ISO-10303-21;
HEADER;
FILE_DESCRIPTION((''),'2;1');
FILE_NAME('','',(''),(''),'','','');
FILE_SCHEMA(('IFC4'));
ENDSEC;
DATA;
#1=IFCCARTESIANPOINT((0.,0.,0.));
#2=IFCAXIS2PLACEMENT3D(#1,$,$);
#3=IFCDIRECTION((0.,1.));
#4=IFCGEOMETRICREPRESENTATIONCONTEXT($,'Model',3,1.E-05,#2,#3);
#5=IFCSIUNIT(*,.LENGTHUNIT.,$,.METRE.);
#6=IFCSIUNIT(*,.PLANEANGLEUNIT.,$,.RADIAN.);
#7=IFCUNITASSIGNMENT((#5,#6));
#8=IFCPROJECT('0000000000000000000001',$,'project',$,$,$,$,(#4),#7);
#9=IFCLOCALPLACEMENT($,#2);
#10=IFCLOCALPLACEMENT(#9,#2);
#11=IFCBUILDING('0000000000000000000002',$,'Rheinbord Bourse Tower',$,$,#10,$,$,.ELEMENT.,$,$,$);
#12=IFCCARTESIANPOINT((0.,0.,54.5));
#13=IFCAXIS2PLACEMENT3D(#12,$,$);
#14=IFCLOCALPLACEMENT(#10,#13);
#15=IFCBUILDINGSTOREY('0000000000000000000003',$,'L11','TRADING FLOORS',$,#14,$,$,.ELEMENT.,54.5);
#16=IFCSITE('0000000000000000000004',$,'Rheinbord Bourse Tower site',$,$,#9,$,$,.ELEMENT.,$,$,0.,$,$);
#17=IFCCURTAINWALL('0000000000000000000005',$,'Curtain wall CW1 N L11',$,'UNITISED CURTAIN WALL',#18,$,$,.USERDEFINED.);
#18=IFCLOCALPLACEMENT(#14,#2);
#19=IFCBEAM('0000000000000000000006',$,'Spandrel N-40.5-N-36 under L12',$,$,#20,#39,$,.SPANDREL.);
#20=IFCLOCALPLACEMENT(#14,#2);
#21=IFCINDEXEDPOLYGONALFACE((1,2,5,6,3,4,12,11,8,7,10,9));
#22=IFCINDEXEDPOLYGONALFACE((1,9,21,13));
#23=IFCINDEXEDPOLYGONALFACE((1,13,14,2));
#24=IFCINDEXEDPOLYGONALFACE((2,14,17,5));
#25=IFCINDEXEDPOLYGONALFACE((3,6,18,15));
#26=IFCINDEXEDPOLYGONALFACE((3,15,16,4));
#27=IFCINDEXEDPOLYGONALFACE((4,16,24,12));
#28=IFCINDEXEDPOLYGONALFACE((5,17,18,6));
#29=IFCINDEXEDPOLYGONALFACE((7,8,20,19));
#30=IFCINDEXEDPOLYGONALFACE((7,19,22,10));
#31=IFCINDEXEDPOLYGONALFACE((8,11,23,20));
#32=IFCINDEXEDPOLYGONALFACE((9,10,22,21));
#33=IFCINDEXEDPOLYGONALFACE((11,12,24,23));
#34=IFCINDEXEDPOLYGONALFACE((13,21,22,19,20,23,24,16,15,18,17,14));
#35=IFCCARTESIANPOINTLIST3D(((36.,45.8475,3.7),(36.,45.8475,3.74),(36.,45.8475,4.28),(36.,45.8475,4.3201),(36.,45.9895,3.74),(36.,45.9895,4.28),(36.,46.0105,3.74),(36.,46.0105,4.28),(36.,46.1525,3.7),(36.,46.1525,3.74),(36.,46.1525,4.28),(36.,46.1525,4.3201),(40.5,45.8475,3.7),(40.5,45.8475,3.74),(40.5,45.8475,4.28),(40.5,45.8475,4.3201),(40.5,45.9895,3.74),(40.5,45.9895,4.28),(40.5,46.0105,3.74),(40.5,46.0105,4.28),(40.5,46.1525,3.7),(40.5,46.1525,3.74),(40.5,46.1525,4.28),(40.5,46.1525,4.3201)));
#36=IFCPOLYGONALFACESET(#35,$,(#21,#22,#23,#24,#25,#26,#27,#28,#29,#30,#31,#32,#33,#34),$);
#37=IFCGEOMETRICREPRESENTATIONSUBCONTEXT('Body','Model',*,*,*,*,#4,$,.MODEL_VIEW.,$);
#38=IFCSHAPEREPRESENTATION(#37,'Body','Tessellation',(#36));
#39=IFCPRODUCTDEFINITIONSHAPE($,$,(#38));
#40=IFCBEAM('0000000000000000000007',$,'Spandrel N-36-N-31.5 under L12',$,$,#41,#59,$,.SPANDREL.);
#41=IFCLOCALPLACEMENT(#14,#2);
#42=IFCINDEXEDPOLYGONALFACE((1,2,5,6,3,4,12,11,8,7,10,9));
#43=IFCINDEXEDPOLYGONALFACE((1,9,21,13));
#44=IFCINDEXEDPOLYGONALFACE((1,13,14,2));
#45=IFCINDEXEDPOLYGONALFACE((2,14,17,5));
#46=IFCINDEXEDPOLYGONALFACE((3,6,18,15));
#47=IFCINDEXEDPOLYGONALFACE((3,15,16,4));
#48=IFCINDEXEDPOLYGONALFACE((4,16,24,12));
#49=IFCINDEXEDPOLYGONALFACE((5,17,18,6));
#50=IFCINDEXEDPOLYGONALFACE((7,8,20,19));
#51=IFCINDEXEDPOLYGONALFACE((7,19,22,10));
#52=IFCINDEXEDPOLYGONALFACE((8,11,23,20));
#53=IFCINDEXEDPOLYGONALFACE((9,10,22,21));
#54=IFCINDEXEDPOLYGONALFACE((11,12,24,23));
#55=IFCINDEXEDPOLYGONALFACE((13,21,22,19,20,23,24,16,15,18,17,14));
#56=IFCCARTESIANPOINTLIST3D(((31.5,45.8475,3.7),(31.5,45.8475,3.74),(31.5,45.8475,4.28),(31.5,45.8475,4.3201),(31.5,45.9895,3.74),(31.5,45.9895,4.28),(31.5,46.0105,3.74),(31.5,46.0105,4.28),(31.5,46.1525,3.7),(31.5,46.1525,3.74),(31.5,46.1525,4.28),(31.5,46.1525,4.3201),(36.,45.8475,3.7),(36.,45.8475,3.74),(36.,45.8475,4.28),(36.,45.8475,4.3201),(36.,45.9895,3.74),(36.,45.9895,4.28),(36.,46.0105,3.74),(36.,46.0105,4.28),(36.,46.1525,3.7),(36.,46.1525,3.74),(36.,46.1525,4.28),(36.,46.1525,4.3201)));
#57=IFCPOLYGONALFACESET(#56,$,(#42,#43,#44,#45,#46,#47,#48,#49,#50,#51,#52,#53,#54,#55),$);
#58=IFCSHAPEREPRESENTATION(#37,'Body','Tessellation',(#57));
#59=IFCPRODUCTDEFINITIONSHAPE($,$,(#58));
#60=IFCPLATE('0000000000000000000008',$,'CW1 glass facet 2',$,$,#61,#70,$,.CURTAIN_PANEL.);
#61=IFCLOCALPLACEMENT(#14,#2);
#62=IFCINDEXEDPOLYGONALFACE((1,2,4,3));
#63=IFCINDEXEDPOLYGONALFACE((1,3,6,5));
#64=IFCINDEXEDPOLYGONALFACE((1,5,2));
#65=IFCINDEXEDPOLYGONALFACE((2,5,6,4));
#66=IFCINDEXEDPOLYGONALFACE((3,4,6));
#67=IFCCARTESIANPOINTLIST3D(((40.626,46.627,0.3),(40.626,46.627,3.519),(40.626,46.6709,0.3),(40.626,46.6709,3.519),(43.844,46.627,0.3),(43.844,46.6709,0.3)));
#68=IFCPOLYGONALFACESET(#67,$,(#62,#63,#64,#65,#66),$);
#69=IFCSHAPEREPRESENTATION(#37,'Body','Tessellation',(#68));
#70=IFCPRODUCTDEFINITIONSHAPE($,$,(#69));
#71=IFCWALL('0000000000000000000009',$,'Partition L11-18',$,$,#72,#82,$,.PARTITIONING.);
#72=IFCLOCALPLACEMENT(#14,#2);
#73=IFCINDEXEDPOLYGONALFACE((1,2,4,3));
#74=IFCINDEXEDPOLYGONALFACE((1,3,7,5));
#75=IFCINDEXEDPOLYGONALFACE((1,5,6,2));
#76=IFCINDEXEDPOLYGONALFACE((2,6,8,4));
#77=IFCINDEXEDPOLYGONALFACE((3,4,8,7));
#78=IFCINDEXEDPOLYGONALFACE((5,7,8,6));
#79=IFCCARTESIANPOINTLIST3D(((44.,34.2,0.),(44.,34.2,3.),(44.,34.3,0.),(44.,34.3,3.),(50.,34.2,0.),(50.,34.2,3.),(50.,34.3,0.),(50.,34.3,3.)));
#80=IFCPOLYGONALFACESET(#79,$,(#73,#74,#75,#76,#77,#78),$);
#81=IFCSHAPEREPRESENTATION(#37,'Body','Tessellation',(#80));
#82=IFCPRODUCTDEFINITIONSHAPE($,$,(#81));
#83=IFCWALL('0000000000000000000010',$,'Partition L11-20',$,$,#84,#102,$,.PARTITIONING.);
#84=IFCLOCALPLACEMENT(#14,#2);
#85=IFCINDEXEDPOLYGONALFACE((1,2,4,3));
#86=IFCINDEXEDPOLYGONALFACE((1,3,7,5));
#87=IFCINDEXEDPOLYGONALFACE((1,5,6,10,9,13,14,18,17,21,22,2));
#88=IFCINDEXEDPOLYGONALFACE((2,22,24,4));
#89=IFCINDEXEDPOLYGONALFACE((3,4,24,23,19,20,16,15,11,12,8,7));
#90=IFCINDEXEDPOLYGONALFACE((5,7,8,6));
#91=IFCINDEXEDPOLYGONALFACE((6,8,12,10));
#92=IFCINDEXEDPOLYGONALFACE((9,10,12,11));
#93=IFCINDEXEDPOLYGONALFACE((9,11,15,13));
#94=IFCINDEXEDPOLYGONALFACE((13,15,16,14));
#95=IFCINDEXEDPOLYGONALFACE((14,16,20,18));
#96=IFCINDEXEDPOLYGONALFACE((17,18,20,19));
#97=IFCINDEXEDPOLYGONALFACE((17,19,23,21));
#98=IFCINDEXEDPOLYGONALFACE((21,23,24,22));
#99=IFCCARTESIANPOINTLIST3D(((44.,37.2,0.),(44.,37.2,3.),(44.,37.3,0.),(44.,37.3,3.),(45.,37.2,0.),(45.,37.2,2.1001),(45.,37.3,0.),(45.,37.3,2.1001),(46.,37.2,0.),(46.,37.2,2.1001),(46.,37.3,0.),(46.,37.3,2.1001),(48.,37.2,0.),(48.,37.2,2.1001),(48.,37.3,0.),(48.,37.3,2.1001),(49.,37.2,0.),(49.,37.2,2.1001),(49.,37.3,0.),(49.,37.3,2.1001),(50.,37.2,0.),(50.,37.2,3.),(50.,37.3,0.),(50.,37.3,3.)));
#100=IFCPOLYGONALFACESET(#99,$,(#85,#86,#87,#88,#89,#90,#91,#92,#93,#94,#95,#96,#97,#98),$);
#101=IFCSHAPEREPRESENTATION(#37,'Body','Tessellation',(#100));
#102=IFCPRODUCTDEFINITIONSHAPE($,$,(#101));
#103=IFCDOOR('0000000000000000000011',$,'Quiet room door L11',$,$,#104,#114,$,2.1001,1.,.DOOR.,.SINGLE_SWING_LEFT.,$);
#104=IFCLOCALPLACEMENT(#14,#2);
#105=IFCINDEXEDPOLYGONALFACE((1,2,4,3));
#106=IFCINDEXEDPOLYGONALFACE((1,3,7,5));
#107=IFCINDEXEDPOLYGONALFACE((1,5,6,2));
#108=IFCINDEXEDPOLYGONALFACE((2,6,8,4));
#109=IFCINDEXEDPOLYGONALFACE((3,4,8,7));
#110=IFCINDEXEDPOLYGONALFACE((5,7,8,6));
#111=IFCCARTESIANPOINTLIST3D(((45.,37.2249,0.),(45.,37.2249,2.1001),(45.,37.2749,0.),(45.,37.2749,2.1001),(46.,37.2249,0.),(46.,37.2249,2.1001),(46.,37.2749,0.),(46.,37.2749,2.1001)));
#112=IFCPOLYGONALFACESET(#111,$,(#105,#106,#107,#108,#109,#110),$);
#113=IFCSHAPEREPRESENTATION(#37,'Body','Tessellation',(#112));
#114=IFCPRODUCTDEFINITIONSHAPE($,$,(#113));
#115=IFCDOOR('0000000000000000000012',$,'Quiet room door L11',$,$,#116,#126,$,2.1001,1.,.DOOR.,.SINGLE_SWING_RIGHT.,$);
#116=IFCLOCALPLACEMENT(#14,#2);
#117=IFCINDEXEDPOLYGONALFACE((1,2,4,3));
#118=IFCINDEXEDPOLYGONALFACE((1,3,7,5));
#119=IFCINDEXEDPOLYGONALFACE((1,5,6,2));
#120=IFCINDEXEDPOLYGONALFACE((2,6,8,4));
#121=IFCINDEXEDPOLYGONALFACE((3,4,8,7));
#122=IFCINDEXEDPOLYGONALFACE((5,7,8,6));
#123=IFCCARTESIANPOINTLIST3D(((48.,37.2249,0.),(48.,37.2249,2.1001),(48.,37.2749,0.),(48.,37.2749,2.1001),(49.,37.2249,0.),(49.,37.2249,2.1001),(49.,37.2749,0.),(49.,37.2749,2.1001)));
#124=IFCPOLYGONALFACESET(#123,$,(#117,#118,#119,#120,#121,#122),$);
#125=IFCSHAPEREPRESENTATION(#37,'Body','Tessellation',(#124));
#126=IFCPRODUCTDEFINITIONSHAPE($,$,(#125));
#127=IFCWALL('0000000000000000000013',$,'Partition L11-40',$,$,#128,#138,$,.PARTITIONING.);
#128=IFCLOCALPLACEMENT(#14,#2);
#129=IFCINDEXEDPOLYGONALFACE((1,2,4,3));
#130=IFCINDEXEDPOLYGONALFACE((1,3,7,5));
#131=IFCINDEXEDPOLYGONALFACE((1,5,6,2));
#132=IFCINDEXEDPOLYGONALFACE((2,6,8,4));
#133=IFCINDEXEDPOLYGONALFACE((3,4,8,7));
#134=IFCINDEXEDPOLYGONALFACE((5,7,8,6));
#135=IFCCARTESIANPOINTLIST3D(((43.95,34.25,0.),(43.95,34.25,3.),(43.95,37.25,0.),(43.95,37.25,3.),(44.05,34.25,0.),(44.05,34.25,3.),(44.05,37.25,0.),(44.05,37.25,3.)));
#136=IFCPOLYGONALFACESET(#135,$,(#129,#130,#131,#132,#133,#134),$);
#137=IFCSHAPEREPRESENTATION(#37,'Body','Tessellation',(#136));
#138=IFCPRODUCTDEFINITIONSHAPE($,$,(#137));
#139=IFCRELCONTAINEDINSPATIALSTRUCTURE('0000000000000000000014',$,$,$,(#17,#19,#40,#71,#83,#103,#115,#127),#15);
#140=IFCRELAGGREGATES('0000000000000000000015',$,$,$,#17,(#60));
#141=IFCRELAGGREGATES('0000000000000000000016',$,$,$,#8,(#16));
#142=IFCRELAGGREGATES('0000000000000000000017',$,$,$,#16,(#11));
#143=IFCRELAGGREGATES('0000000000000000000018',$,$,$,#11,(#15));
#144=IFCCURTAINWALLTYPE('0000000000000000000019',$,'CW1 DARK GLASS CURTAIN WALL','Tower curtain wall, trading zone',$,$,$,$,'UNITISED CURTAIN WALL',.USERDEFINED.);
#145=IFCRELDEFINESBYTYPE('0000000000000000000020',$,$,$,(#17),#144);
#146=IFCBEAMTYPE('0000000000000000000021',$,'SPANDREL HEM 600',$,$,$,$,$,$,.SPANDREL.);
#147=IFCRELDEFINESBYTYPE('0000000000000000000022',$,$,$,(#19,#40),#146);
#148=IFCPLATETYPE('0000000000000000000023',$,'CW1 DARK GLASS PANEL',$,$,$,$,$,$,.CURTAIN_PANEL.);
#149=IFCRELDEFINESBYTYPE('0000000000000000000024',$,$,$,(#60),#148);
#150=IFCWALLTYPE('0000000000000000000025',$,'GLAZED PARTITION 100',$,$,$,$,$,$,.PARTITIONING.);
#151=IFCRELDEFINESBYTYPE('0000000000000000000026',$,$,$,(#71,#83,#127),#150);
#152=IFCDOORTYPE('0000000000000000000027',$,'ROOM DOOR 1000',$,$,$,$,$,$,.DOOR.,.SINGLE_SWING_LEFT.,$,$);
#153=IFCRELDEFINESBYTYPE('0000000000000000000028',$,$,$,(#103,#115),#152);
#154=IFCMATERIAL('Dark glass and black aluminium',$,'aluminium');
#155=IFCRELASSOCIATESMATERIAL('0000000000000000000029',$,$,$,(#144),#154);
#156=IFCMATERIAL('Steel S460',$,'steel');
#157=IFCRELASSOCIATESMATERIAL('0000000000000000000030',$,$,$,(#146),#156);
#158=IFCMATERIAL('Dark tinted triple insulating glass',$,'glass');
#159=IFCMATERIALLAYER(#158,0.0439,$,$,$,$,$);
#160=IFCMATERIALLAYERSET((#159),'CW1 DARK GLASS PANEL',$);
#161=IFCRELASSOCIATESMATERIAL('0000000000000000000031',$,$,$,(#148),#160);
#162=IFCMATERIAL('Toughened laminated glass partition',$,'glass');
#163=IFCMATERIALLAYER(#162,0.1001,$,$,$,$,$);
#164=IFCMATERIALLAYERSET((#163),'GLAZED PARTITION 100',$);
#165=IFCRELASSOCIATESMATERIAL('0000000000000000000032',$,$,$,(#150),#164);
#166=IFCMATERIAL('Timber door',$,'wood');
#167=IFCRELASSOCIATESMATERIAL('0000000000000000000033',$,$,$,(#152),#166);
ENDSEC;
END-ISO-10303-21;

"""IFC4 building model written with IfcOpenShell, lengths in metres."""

from ifc_helpers import new_model, si_unit, direction, frame, frame_2d, origin, origin_2d, place, context, subcontext, project, spatial, polyline, rectangle, i_section, outline, extrude, material, layer, layer_set, material_profile, profile_set, type_object, element, fill, aggregate, save


model = new_model("IFC4")

# Units and contexts
model_context = context("Model", 3, precision=1e-05, world=origin(), true_north=direction((0.0, 1.0)))
body_context = subcontext(model_context, "Body", "Model", "MODEL_VIEW")
ifc_project = project(units=[si_unit("LENGTHUNIT", "METRE"), si_unit("PLANEANGLEUNIT", "RADIAN")], contexts=[model_context])

# Site, building, storey
site_placement = place(None, origin())
site = spatial("IfcSite", under=ifc_project, at=site_placement, Name="Rheinbord Bourse Tower site", CompositionType="ELEMENT", RefElevation=0.0)
building_placement = place(site_placement, origin())
building = spatial("IfcBuilding", under=site, at=building_placement, Name="Rheinbord Bourse Tower", CompositionType="ELEMENT")
storey_placement = place(building_placement, frame((0.0, 0.0, 54.5)))
storey = spatial("IfcBuildingStorey", under=building, at=storey_placement, Name="L11", Description="TRADING FLOORS", CompositionType="ELEMENT", Elevation=54.5)

# Curtain wall
ifc_material_1 = material(Name="Dark glass and black aluminium", Category="aluminium")
curtain_wall_type = type_object("IfcCurtainWallType", Name="CW1 DARK GLASS CURTAIN WALL", Description="Tower curtain wall, trading zone", ElementType="UNITISED CURTAIN WALL", PredefinedType="USERDEFINED", material=ifc_material_1)
curtain_wall_placement = place(storey_placement, origin())
curtain_wall = element("IfcCurtainWall", 1, at=curtain_wall_placement, inside=storey, type_object=curtain_wall_type, Name="Curtain wall CW1 N L11", ObjectType="UNITISED CURTAIN WALL", PredefinedType="USERDEFINED")

# Beams
ifc_material_2 = material(Name="Steel S460", Category="steel")
ifc_material_profile_1 = material_profile(ifc_material_2, i_section(OverallWidth=0.3049, OverallDepth=0.6201, WebThickness=0.021, FlangeThickness=0.04, at=origin_2d()), Name="HEM 600")
ifc_profile_set_1 = profile_set([ifc_material_profile_1], Name="Steel S460")
beam_type_1 = type_object("IfcBeamType", Name="SPANDREL HEM 600", PredefinedType="SPANDREL", material=ifc_profile_set_1)
for number, where, z_axis, x_axis, name in (
    (2, (40.5, 46.0, 4.01), (-1.0, 0.0, 0.0), (0.0, -1.0, 0.0), "Spandrel N-40.5-N-36 under L12"),
    (3, (36.0, 46.0, 4.01), (-1.0, 0.0, 0.0), (0.0, -1.0, 0.0), "Spandrel N-36-N-31.5 under L12"),
):
    element("IfcBeam", number, at=place(storey_placement, frame(where, z_axis=z_axis, x_axis=x_axis)), inside=storey, type_object=beam_type_1, Name=name, PredefinedType="SPANDREL", context=body_context, shape_type="SweptSolid", body=[
        extrude(i_section(OverallWidth=0.3049, OverallDepth=0.6201, WebThickness=0.021, FlangeThickness=0.04, at=origin_2d()), origin(), (0.0, 0.0, 1.0), 4.5),
    ])

# Plate
ifc_material_3 = material(Name="Dark tinted triple insulating glass", Category="glass")
ifc_layer_1 = layer(ifc_material_3, 0.0439)
ifc_layer_set_1 = layer_set([ifc_layer_1], Name="CW1 DARK GLASS PANEL")
plate_type = type_object("IfcPlateType", Name="CW1 DARK GLASS PANEL", PredefinedType="CURTAIN_PANEL", material=ifc_layer_set_1)
plate_placement = place(storey_placement, frame((40.626, 46.6709, 0.3), z_axis=(0.0, -1.0, 0.0), x_axis=(1.0, 0.0, 0.0)))
plate = element("IfcPlate", 4, at=plate_placement, type_object=plate_type, Name="CW1 glass facet 2", PredefinedType="CURTAIN_PANEL", context=body_context, shape_type="SweptSolid", body=[
    extrude(outline(polyline([(0.0, 0.0), (3.218, 0.0), (0.0, 3.219), (0.0, 0.0)])), origin(), (0.0, 0.0, 1.0), 0.0439),
])
aggregate(curtain_wall, [plate])

# Wall
ifc_material_4 = material(Name="Toughened laminated glass partition", Category="glass")
ifc_layer_2 = layer(ifc_material_4, 0.1001)
ifc_layer_set_2 = layer_set([ifc_layer_2], Name="GLAZED PARTITION 100")
wall_type = type_object("IfcWallType", Name="GLAZED PARTITION 100", PredefinedType="PARTITIONING", material=ifc_layer_set_2)
wall_1_placement = place(storey_placement, frame((44.0, 34.25, 0.0), z_axis=(0.0, 0.0, 1.0), x_axis=(1.0, 0.0, 0.0)))
element("IfcWall", 5, at=wall_1_placement, inside=storey, type_object=wall_type, Name="Partition L11-18", PredefinedType="PARTITIONING", context=body_context, shape_type="SweptSolid", body=[
    extrude(rectangle(XDim=6.0, YDim=0.1001, at=frame_2d((3.0, 0.0))), origin(), (0.0, 0.0, 1.0), 3.0),
])

# Wall, openings, doors
wall_2_placement = place(storey_placement, frame((44.0, 37.25, 0.0), z_axis=(0.0, 0.0, 1.0), x_axis=(1.0, 0.0, 0.0)))
wall_2 = element("IfcWall", 6, at=wall_2_placement, inside=storey, type_object=wall_type, Name="Partition L11-20", PredefinedType="PARTITIONING", context=body_context, shape_type="SweptSolid", body=[
    extrude(rectangle(XDim=6.0, YDim=0.1001, at=frame_2d((3.0, 0.0))), origin(), (0.0, 0.0, 1.0), 3.0),
])
opening_1_placement = place(wall_2_placement, frame((1.0, 0.0, 0.0)))
opening_1 = element("IfcOpeningElement", 7, at=opening_1_placement, cuts=wall_2, PredefinedType="OPENING", context=body_context, shape_type="SweptSolid", body=[
    extrude(rectangle(XDim=1.0, YDim=2.1001, at=frame_2d((0.5, 1.05))), frame((0.0, 0.0601, 0.0), z_axis=(0.0, -1.0, 0.0), x_axis=(1.0, 0.0, 0.0)), (0.0, 0.0, 1.0), 0.1201),
])
opening_2_placement = place(wall_2_placement, frame((4.0, 0.0, 0.0)))
opening_2 = element("IfcOpeningElement", 8, at=opening_2_placement, cuts=wall_2, PredefinedType="OPENING", context=body_context, shape_type="SweptSolid", body=[
    extrude(rectangle(XDim=1.0, YDim=2.1001, at=frame_2d((0.5, 1.05))), frame((0.0, 0.0601, 0.0), z_axis=(0.0, -1.0, 0.0), x_axis=(1.0, 0.0, 0.0)), (0.0, 0.0, 1.0), 0.1201),
])
ifc_material_5 = material(Name="Timber door", Category="wood")
door_type = type_object("IfcDoorType", Name="ROOM DOOR 1000", OperationType="SINGLE_SWING_LEFT", PredefinedType="DOOR", material=ifc_material_5)
door_1_placement = place(opening_1_placement, origin())
door_1 = element("IfcDoor", 9, at=door_1_placement, inside=storey, type_object=door_type, Name="Quiet room door L11", OperationType="SINGLE_SWING_LEFT", OverallHeight=2.1001, OverallWidth=1.0, PredefinedType="DOOR", context=body_context, shape_type="SweptSolid", body=[
    extrude(rectangle(XDim=1.0, YDim=2.1001, at=frame_2d((0.5, 1.05))), frame((0.0, 0.0249, 0.0), z_axis=(0.0, -1.0, 0.0), x_axis=(1.0, 0.0, 0.0)), (0.0, 0.0, 1.0), 0.05),
])
fill(opening_1, door_1)
door_2_placement = place(opening_2_placement, origin())
door_2 = element("IfcDoor", 10, at=door_2_placement, inside=storey, type_object=door_type, Name="Quiet room door L11", OperationType="SINGLE_SWING_RIGHT", OverallHeight=2.1001, OverallWidth=1.0, PredefinedType="DOOR", context=body_context, shape_type="SweptSolid", body=[
    extrude(rectangle(XDim=1.0, YDim=2.1001, at=frame_2d((0.5, 1.05))), frame((0.0, 0.0249, 0.0), z_axis=(0.0, -1.0, 0.0), x_axis=(1.0, 0.0, 0.0)), (0.0, 0.0, 1.0), 0.05),
])
fill(opening_2, door_2)

# Wall
wall_3_placement = place(storey_placement, frame((44.0, 34.25, 0.0), z_axis=(0.0, 0.0, 1.0), x_axis=(0.0, 1.0, 0.0)))
element("IfcWall", 11, at=wall_3_placement, inside=storey, type_object=wall_type, Name="Partition L11-40", PredefinedType="PARTITIONING", context=body_context, shape_type="SweptSolid", body=[
    extrude(rectangle(XDim=3.0, YDim=0.1001, at=frame_2d((1.5, 0.0))), origin(), (0.0, 0.0, 1.0), 3.0),
])

save(model, "model.ifc")
